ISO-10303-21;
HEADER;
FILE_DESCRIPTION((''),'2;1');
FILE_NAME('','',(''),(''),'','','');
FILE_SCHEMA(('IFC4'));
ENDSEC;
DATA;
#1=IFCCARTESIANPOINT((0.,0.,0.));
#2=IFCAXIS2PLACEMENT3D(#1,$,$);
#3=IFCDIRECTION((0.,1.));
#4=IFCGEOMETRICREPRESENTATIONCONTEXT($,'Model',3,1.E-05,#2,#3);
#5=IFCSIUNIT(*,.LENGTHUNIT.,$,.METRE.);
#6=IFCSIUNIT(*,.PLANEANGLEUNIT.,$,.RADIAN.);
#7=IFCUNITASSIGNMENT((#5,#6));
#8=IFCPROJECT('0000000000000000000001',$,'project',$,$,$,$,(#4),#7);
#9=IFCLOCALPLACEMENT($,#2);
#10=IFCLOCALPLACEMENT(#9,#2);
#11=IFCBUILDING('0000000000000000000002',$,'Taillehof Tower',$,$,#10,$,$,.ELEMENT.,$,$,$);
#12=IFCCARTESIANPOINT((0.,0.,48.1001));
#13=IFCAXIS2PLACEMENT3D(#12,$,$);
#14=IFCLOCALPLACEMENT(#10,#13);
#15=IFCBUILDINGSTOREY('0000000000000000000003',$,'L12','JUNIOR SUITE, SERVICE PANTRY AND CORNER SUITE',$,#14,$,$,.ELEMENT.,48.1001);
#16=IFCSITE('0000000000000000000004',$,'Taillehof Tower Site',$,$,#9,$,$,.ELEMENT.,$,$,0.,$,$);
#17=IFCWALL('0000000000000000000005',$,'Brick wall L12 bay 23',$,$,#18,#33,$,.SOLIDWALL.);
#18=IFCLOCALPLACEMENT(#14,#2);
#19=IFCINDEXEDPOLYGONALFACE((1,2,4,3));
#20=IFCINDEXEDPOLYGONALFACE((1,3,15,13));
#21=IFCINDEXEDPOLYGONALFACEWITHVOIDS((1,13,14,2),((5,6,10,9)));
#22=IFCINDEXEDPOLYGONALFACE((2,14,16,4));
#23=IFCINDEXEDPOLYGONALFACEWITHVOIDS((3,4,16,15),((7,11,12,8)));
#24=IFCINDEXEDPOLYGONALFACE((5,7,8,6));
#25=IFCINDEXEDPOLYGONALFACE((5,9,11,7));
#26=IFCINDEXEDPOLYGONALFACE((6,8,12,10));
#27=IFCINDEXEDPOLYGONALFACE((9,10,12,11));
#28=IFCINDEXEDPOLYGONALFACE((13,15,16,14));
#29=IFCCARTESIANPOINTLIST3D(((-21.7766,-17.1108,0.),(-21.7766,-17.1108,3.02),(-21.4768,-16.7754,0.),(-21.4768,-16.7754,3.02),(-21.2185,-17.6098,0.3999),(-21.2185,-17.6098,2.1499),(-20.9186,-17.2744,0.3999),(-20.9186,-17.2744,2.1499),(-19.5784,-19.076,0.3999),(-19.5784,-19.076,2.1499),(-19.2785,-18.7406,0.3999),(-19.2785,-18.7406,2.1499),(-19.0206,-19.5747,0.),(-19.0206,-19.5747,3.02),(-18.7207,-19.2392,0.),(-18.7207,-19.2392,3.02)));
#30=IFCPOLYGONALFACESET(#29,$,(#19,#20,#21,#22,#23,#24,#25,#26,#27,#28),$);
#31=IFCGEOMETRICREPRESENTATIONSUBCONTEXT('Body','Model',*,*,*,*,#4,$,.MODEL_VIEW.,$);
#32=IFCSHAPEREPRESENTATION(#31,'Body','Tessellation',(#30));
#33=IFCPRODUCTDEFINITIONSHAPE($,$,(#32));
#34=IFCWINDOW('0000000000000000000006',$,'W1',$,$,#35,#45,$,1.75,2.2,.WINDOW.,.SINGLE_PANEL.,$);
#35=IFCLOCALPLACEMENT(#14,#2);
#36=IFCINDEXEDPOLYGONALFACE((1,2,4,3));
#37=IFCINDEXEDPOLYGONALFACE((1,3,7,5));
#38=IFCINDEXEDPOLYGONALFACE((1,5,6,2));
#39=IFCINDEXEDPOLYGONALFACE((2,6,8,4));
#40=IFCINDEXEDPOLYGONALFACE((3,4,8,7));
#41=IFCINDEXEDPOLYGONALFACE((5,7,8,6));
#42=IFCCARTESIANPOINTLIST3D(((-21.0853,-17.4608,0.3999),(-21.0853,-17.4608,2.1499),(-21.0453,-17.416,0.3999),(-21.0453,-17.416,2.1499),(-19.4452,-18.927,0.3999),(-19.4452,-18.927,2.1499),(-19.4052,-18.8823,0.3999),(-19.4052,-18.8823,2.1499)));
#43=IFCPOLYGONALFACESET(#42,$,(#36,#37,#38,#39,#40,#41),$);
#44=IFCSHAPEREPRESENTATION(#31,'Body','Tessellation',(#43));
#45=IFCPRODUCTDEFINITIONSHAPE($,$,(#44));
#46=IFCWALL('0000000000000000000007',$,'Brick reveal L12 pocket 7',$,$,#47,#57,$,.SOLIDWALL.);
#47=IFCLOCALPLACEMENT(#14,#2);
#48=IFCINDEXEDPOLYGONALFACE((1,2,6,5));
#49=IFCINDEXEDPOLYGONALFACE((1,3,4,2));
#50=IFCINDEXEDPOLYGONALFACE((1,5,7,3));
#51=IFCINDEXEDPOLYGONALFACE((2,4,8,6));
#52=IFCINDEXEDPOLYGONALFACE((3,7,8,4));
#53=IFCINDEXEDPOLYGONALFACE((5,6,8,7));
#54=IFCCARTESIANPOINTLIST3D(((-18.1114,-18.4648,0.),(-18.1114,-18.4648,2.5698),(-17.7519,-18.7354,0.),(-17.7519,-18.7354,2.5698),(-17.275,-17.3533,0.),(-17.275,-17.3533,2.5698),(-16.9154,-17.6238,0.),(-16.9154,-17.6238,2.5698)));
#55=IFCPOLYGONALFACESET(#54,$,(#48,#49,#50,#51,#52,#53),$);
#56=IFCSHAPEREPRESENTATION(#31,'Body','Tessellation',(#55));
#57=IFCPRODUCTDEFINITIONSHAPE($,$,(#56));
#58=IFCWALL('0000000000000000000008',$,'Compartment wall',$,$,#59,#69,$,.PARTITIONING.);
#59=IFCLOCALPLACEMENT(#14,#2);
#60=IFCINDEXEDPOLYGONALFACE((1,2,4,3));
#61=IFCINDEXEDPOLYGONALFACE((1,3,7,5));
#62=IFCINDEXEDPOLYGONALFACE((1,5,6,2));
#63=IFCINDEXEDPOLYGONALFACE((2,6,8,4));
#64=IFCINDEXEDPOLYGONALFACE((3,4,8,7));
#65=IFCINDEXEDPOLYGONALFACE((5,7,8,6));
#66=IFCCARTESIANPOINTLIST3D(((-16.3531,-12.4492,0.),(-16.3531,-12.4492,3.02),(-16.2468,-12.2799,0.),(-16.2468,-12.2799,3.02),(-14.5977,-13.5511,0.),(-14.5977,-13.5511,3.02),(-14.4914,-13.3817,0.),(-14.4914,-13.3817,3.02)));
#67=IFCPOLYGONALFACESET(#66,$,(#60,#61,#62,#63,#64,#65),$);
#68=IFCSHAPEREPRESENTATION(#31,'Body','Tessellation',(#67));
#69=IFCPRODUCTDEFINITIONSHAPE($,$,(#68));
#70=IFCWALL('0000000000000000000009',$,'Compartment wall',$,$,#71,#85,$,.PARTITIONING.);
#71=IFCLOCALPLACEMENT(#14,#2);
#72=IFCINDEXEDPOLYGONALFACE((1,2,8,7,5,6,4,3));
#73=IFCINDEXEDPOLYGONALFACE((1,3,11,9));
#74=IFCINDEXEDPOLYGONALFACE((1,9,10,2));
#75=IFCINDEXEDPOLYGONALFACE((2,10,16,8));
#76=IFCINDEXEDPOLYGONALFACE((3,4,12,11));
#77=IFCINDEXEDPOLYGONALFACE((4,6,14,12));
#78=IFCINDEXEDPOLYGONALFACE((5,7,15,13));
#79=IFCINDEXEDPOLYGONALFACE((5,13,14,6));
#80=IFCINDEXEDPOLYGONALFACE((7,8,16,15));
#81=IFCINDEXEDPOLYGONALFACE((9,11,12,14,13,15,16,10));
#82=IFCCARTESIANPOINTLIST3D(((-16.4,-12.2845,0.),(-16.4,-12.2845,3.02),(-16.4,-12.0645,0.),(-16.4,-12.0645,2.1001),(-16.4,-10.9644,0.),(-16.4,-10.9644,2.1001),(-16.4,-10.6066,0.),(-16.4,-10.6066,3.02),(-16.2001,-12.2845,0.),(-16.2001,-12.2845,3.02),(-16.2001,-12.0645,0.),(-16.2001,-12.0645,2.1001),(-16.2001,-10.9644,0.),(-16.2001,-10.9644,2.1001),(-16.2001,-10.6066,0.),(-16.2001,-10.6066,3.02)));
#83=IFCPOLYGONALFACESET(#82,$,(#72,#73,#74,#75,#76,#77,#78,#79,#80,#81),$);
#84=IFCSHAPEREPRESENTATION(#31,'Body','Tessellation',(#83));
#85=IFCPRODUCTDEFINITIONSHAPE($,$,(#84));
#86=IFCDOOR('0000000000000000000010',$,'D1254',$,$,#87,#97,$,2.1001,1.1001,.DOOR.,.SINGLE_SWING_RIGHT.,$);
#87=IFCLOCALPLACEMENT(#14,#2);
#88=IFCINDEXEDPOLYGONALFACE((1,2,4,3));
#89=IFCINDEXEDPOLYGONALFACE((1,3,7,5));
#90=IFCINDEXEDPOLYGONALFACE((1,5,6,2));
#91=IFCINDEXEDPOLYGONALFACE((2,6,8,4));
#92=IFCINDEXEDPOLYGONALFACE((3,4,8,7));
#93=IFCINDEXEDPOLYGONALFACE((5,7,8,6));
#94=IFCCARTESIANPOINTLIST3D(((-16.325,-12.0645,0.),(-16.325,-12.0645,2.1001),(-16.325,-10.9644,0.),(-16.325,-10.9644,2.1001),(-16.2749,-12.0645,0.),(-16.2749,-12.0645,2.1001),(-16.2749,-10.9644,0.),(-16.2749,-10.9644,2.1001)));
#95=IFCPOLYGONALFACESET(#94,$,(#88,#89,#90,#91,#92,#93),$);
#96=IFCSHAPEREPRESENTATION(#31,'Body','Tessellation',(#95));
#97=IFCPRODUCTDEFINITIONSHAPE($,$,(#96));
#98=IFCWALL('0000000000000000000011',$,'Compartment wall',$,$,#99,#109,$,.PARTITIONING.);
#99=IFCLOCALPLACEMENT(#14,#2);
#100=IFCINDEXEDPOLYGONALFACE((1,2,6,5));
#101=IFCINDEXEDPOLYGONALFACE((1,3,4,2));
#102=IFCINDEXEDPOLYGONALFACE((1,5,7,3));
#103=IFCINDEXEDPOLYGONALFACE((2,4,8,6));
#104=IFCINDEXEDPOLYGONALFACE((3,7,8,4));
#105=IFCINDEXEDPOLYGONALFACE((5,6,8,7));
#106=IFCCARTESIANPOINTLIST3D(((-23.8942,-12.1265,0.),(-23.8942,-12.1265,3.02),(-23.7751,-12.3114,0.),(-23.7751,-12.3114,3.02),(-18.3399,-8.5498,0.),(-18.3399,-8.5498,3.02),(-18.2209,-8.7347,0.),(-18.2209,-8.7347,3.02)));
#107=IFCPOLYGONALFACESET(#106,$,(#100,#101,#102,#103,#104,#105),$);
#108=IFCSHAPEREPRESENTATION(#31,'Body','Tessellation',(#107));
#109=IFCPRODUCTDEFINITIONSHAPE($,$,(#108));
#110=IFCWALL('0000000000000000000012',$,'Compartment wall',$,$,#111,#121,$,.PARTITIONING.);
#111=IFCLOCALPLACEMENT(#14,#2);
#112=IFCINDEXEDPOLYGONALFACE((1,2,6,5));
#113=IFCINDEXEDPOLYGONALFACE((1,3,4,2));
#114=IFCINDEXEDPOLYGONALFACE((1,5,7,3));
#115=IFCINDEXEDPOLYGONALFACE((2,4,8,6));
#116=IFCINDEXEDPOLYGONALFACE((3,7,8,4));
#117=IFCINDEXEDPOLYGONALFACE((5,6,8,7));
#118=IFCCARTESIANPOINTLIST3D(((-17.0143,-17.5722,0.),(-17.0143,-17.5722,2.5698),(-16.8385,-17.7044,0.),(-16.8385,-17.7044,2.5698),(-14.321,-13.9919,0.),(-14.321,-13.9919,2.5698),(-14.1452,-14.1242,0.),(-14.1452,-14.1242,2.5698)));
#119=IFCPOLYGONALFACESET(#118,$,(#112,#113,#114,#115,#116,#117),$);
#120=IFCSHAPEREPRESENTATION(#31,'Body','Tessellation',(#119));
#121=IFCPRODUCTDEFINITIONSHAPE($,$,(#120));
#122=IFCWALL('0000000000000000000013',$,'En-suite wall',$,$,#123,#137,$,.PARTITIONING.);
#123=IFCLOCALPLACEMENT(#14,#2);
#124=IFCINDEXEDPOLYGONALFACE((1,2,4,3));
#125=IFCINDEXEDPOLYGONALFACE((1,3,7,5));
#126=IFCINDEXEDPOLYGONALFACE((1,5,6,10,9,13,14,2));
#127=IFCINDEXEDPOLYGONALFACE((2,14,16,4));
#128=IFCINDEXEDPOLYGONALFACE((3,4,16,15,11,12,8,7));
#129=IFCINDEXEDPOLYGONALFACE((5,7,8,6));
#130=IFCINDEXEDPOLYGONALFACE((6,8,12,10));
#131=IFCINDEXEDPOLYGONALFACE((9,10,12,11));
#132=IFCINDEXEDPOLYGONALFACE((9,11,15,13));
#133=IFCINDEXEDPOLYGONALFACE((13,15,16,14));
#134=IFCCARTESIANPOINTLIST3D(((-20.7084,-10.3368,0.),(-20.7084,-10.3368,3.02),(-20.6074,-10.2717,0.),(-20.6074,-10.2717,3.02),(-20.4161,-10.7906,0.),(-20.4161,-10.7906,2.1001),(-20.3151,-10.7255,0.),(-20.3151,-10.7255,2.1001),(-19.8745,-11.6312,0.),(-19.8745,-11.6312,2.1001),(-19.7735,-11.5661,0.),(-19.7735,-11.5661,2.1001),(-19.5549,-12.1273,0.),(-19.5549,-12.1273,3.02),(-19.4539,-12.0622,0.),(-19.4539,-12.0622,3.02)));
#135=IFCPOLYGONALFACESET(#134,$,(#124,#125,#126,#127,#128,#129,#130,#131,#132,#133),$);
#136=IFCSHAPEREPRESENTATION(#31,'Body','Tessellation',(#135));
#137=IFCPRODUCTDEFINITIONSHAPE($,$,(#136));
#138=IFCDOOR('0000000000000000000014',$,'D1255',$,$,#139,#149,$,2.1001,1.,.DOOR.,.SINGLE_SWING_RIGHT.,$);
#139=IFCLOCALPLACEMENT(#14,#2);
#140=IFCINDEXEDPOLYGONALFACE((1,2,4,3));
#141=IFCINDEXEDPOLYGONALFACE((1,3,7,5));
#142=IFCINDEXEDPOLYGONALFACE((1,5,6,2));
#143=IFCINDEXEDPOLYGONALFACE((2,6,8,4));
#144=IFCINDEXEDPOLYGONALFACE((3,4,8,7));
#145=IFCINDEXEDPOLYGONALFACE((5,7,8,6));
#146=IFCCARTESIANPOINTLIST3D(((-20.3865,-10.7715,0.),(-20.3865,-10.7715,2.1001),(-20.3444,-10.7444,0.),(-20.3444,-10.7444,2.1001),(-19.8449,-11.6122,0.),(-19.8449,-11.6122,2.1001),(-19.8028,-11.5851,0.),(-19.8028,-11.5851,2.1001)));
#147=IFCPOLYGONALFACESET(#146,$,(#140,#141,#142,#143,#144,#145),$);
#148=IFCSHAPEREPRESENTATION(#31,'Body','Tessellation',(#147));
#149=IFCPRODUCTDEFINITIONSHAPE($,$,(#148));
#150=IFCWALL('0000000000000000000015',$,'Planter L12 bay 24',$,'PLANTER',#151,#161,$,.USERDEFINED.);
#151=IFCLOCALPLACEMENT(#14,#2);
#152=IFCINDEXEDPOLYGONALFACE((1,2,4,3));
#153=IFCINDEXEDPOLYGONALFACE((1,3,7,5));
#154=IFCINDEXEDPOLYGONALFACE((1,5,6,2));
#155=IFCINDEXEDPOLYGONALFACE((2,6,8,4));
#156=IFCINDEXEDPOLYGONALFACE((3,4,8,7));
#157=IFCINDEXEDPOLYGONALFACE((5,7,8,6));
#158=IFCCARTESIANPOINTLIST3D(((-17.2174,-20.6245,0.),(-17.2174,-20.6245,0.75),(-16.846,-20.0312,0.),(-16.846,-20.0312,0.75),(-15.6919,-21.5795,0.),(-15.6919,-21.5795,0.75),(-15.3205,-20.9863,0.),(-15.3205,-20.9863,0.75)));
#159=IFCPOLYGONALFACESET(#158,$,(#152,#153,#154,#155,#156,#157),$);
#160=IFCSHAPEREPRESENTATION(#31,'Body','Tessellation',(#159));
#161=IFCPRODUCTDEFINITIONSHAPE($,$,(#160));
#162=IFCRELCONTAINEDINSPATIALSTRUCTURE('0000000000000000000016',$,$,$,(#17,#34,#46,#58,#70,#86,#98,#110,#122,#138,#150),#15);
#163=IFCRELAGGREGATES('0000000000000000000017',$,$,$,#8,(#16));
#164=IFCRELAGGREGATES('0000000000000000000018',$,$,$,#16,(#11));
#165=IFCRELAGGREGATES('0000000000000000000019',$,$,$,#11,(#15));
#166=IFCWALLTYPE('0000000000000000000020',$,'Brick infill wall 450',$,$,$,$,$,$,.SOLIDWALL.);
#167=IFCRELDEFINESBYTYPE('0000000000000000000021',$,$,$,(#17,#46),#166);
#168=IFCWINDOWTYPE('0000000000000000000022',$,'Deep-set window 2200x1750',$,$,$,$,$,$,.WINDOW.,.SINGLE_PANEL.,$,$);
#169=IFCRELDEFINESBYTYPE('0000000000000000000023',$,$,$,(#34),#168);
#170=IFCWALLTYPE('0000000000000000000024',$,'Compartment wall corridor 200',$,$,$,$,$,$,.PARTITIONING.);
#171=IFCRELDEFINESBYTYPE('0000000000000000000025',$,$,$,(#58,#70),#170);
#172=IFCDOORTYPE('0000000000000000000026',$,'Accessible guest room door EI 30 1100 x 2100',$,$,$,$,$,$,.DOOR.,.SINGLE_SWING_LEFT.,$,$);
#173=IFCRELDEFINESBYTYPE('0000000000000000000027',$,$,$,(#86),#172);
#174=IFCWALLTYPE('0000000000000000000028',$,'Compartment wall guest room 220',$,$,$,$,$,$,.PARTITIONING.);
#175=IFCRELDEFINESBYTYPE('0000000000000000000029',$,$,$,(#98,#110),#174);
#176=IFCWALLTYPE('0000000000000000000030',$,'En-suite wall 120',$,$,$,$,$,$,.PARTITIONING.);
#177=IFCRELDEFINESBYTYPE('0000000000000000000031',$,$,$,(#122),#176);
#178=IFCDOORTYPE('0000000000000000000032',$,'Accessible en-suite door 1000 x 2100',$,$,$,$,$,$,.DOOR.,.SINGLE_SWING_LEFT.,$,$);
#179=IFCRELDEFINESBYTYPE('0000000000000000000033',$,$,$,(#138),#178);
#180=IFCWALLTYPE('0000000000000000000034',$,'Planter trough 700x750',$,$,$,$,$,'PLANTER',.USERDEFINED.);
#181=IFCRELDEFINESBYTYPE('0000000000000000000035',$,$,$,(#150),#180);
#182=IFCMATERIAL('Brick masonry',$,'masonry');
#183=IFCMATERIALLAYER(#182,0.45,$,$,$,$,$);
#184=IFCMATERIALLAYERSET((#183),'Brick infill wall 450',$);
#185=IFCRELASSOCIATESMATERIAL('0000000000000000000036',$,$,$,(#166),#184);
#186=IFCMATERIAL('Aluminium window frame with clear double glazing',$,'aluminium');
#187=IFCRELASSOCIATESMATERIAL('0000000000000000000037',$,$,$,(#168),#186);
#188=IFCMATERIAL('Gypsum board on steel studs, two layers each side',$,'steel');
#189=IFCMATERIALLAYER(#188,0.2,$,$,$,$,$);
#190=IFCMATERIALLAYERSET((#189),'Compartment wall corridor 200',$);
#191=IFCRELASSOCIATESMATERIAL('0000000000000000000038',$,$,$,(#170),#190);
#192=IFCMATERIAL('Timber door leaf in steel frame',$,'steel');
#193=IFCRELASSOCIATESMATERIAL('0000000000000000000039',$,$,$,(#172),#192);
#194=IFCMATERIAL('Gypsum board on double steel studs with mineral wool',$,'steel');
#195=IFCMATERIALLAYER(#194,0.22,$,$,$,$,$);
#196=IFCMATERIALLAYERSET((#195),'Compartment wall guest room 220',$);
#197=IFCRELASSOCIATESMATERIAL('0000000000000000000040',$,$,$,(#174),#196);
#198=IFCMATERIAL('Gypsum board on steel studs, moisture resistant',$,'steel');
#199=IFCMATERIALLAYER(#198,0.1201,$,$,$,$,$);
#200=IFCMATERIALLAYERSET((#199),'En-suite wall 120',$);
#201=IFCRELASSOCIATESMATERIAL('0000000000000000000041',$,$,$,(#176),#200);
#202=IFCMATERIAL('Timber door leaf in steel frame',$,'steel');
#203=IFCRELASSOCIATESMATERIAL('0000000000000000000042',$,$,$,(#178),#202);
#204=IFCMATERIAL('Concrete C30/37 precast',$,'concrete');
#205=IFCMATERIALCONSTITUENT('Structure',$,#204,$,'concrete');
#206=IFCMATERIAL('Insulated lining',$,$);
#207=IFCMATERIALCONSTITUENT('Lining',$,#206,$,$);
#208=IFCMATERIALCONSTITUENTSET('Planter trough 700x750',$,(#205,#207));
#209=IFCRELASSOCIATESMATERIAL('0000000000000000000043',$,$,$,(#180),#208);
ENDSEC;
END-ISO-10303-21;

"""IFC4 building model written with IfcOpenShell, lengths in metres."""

from ifc_helpers import new_model, si_unit, direction, frame, frame_2d, origin, place, context, subcontext, project, spatial, rectangle, extrude, material, layer, layer_set, constituent, constituent_set, type_object, element, fill, save


model = new_model("IFC4")

# Units and contexts
model_context = context("Model", 3, precision=1e-05, world=origin(), true_north=direction((0.0, 1.0)))
body_context = subcontext(model_context, "Body", "Model", "MODEL_VIEW")
ifc_project = project(units=[si_unit("LENGTHUNIT", "METRE"), si_unit("PLANEANGLEUNIT", "RADIAN")], contexts=[model_context])

# Site, building, storey
site_placement = place(None, origin())
site = spatial("IfcSite", under=ifc_project, at=site_placement, Name="Taillehof Tower Site", CompositionType="ELEMENT", RefElevation=0.0)
building_placement = place(site_placement, origin())
building = spatial("IfcBuilding", under=site, at=building_placement, Name="Taillehof Tower", CompositionType="ELEMENT")
storey_placement = place(building_placement, frame((0.0, 0.0, 48.1001)))
storey = spatial("IfcBuildingStorey", under=building, at=storey_placement, Name="L12", Description="JUNIOR SUITE, SERVICE PANTRY AND CORNER SUITE", CompositionType="ELEMENT", Elevation=48.1001)

# Wall, opening, window
ifc_material_1 = material(Name="Brick masonry", Category="masonry")
ifc_layer_1 = layer(ifc_material_1, 0.45)
ifc_layer_set_1 = layer_set([ifc_layer_1], Name="Brick infill wall 450")
wall_type_1 = type_object("IfcWallType", Name="Brick infill wall 450", PredefinedType="SOLIDWALL", material=ifc_layer_set_1)
ifc_material_2 = material(Name="Aluminium window frame with clear double glazing", Category="aluminium")
window_type_1 = type_object("IfcWindowType", Name="Deep-set window 2200x1750", PartitioningType="SINGLE_PANEL", PredefinedType="WINDOW", material=ifc_material_2)
wall_1_placement = place(storey_placement, frame((-21.6267, -16.9431, 0.0), z_axis=(0.0, 0.0, 1.0), x_axis=(0.745526, -0.666476, 0.0)))
wall_1 = element("IfcWall", 1, at=wall_1_placement, inside=storey, type_object=wall_type_1, Name="Brick wall L12 bay 23", PredefinedType="SOLIDWALL", context=body_context, shape_type="SweptSolid", body=[
    extrude(rectangle(XDim=3.6968, YDim=0.45, at=frame_2d((1.8484, 0.0))), origin(), (0.0, 0.0, 1.0), 3.02),
])
opening_1_placement = place(wall_1_placement, frame((0.7485, 0.0, 0.3999)))
opening_1 = element("IfcOpeningElement", 2, at=opening_1_placement, cuts=wall_1, PredefinedType="OPENING", context=body_context, shape_type="SweptSolid", body=[
    extrude(rectangle(XDim=2.2, YDim=1.75, at=frame_2d((1.1001, 0.875))), frame((0.0, 0.2349, 0.0), z_axis=(0.0, -1.0, 0.0), x_axis=(1.0, 0.0, 0.0)), (0.0, 0.0, 1.0), 0.47),
])
window_1_placement = place(opening_1_placement, origin())
window_1 = element("IfcWindow", 3, at=window_1_placement, inside=storey, type_object=window_type_1, Name="W1", OverallHeight=1.75, OverallWidth=2.2, PartitioningType="SINGLE_PANEL", PredefinedType="WINDOW", context=body_context, shape_type="SweptSolid", body=[
    extrude(rectangle(XDim=2.2, YDim=1.75, at=frame_2d((1.1001, 0.875))), frame((0.0, 0.0349, 0.0), z_axis=(0.0, -1.0, 0.0), x_axis=(1.0, 0.0, 0.0)), (0.0, 0.0, 1.0), 0.0601),
])
fill(opening_1, window_1)

# Wall
wall_2_placement = place(storey_placement, frame((-17.9316, -18.6001, 0.0), z_axis=(0.0, 0.0, 1.0), x_axis=(0.601263, 0.799051, 0.0)))
element("IfcWall", 4, at=wall_2_placement, inside=storey, type_object=wall_type_1, Name="Brick reveal L12 pocket 7", PredefinedType="SOLIDWALL", context=body_context, shape_type="SweptSolid", body=[
    extrude(rectangle(XDim=1.3911, YDim=0.45, at=frame_2d((0.6956, 0.0))), origin(), (0.0, 0.0, 1.0), 2.5698),
])

# Wall
ifc_material_3 = material(Name="Gypsum board on steel studs, two layers each side", Category="steel")
ifc_layer_2 = layer(ifc_material_3, 0.2)
ifc_layer_set_2 = layer_set([ifc_layer_2], Name="Compartment wall corridor 200")
wall_type_2 = type_object("IfcWallType", Name="Compartment wall corridor 200", PredefinedType="PARTITIONING", material=ifc_layer_set_2)
wall_3_placement = place(storey_placement, frame((-14.5447, -13.4663, 0.0), z_axis=(0.0, 0.0, 1.0), x_axis=(-0.846978, 0.531629, 0.0)))
element("IfcWall", 5, at=wall_3_placement, inside=storey, type_object=wall_type_2, Name="Compartment wall", PredefinedType="PARTITIONING", context=body_context, shape_type="SweptSolid", body=[
    extrude(rectangle(XDim=2.0725, YDim=0.2, at=frame_2d((1.0361, 0.0))), origin(), (0.0, 0.0, 1.0), 3.02),
])

# Wall, opening, door
wall_4_placement = place(storey_placement, frame((-16.3, -12.2844, 0.0), z_axis=(0.0, 0.0, 1.0), x_axis=(0.0, 1.0, 0.0)))
wall_4 = element("IfcWall", 6, at=wall_4_placement, inside=storey, type_object=wall_type_2, Name="Compartment wall", PredefinedType="PARTITIONING", context=body_context, shape_type="SweptSolid", body=[
    extrude(rectangle(XDim=1.678, YDim=0.2, at=frame_2d((0.8389, 0.0))), origin(), (0.0, 0.0, 1.0), 3.02),
])
opening_2_placement = place(wall_4_placement, frame((0.22, 0.0, 0.0)))
opening_2 = element("IfcOpeningElement", 7, at=opening_2_placement, cuts=wall_4, PredefinedType="OPENING", context=body_context, shape_type="SweptSolid", body=[
    extrude(rectangle(XDim=1.1001, YDim=2.1001, at=frame_2d((0.55, 1.05))), frame((0.0, 0.1099, 0.0), z_axis=(0.0, -1.0, 0.0), x_axis=(1.0, 0.0, 0.0)), (0.0, 0.0, 1.0), 0.22),
])
ifc_material_4 = material(Name="Timber door leaf in steel frame", Category="steel")
door_type_1 = type_object("IfcDoorType", Name="Accessible guest room door EI 30 1100 x 2100", OperationType="SINGLE_SWING_LEFT", PredefinedType="DOOR", material=ifc_material_4)
door_1_placement = place(opening_2_placement, origin())
door_1 = element("IfcDoor", 8, at=door_1_placement, inside=storey, type_object=door_type_1, Name="D1254", OperationType="SINGLE_SWING_RIGHT", OverallHeight=2.1001, OverallWidth=1.1001, PredefinedType="DOOR", context=body_context, shape_type="SweptSolid", body=[
    extrude(rectangle(XDim=1.1001, YDim=2.1001, at=frame_2d((0.55, 1.05))), frame((0.0, 0.0249, 0.0), z_axis=(0.0, -1.0, 0.0), x_axis=(1.0, 0.0, 0.0)), (0.0, 0.0, 1.0), 0.05),
])
fill(opening_2, door_1)

# Walls
ifc_material_5 = material(Name="Gypsum board on double steel studs with mineral wool", Category="steel")
ifc_layer_3 = layer(ifc_material_5, 0.22)
ifc_layer_set_3 = layer_set([ifc_layer_3], Name="Compartment wall guest room 220")
wall_type_3 = type_object("IfcWallType", Name="Compartment wall guest room 220", PredefinedType="PARTITIONING", material=ifc_layer_set_3)
wall_5_placement = place(storey_placement, frame((-23.8347, -12.219, 0.0), z_axis=(0.0, 0.0, 1.0), x_axis=(0.840758, 0.541411, 0.0)))
element("IfcWall", 9, at=wall_5_placement, inside=storey, type_object=wall_type_3, Name="Compartment wall", PredefinedType="PARTITIONING", context=body_context, shape_type="SweptSolid", body=[
    extrude(rectangle(XDim=6.6062, YDim=0.22, at=frame_2d((3.3032, 0.0))), origin(), (0.0, 0.0, 1.0), 3.02),
])
wall_6_placement = place(storey_placement, frame((-16.9265, -17.6384, 0.0), z_axis=(0.0, 0.0, 1.0), x_axis=(0.601159, 0.799129, 0.0)))
element("IfcWall", 10, at=wall_6_placement, inside=storey, type_object=wall_type_3, Name="Compartment wall", PredefinedType="PARTITIONING", context=body_context, shape_type="SweptSolid", body=[
    extrude(rectangle(XDim=4.4802, YDim=0.22, at=frame_2d((2.2402, 0.0))), origin(), (0.0, 0.0, 1.0), 2.5698),
])

# Wall, opening, door
ifc_material_6 = material(Name="Gypsum board on steel studs, moisture resistant", Category="steel")
ifc_layer_4 = layer(ifc_material_6, 0.1201)
ifc_layer_set_4 = layer_set([ifc_layer_4], Name="En-suite wall 120")
wall_type_4 = type_object("IfcWallType", Name="En-suite wall 120", PredefinedType="PARTITIONING", material=ifc_layer_set_4)
wall_7_placement = place(storey_placement, frame((-19.5044, -12.0947, 0.0), z_axis=(0.0, 0.0, 1.0), x_axis=(-0.541592, 0.840642, 0.0)))
wall_7 = element("IfcWall", 11, at=wall_7_placement, inside=storey, type_object=wall_type_4, Name="En-suite wall", PredefinedType="PARTITIONING", context=body_context, shape_type="SweptSolid", body=[
    extrude(rectangle(XDim=2.1299, YDim=0.1201, at=frame_2d((1.0649, 0.0))), origin(), (0.0, 0.0, 1.0), 3.02),
])
opening_3_placement = place(wall_7_placement, frame((0.5901, 0.0, 0.0)))
opening_3 = element("IfcOpeningElement", 12, at=opening_3_placement, cuts=wall_7, PredefinedType="OPENING", context=body_context, shape_type="SweptSolid", body=[
    extrude(rectangle(XDim=1.0, YDim=2.1001, at=frame_2d((0.5, 1.05))), frame((0.0, 0.0701, 0.0), z_axis=(0.0, -1.0, 0.0), x_axis=(1.0, 0.0, 0.0)), (0.0, 0.0, 1.0), 0.1401),
])
ifc_material_7 = material(Name="Timber door leaf in steel frame", Category="steel")
door_type_2 = type_object("IfcDoorType", Name="Accessible en-suite door 1000 x 2100", OperationType="SINGLE_SWING_LEFT", PredefinedType="DOOR", material=ifc_material_7)
door_2_placement = place(opening_3_placement, origin())
door_2 = element("IfcDoor", 13, at=door_2_placement, inside=storey, type_object=door_type_2, Name="D1255", OperationType="SINGLE_SWING_RIGHT", OverallHeight=2.1001, OverallWidth=1.0, PredefinedType="DOOR", context=body_context, shape_type="SweptSolid", body=[
    extrude(rectangle(XDim=1.0, YDim=2.1001, at=frame_2d((0.5, 1.05))), frame((0.0, 0.0249, 0.0), z_axis=(0.0, -1.0, 0.0), x_axis=(1.0, 0.0, 0.0)), (0.0, 0.0, 1.0), 0.05),
])
fill(opening_3, door_2)

# Wall
ifc_material_8 = material(Name="Concrete C30/37 precast", Category="concrete")
ifc_constituent_1 = constituent(ifc_material_8, Name="Structure", Category="concrete")
ifc_material_9 = material(Name="Insulated lining")
ifc_constituent_2 = constituent(ifc_material_9, Name="Lining")
ifc_constituent_set = constituent_set(constituents=[ifc_constituent_1, ifc_constituent_2], Name="Planter trough 700x750")
wall_type_5 = type_object("IfcWallType", Name="Planter trough 700x750", ElementType="PLANTER", PredefinedType="USERDEFINED", material=ifc_constituent_set)
wall_8_placement = place(storey_placement, frame((-17.0317, -20.3279, 0.0), z_axis=(0.0, 0.0, 1.0), x_axis=(0.847609, -0.530621, 0.0)))
element("IfcWall", 14, at=wall_8_placement, inside=storey, type_object=wall_type_5, Name="Planter L12 bay 24", ObjectType="PLANTER", PredefinedType="USERDEFINED", context=body_context, shape_type="SweptSolid", body=[
    extrude(rectangle(XDim=1.7998, YDim=0.7, at=frame_2d((0.8999, 0.0))), origin(), (0.0, 0.0, 1.0), 0.75),
])

save(model, "model.ifc")
